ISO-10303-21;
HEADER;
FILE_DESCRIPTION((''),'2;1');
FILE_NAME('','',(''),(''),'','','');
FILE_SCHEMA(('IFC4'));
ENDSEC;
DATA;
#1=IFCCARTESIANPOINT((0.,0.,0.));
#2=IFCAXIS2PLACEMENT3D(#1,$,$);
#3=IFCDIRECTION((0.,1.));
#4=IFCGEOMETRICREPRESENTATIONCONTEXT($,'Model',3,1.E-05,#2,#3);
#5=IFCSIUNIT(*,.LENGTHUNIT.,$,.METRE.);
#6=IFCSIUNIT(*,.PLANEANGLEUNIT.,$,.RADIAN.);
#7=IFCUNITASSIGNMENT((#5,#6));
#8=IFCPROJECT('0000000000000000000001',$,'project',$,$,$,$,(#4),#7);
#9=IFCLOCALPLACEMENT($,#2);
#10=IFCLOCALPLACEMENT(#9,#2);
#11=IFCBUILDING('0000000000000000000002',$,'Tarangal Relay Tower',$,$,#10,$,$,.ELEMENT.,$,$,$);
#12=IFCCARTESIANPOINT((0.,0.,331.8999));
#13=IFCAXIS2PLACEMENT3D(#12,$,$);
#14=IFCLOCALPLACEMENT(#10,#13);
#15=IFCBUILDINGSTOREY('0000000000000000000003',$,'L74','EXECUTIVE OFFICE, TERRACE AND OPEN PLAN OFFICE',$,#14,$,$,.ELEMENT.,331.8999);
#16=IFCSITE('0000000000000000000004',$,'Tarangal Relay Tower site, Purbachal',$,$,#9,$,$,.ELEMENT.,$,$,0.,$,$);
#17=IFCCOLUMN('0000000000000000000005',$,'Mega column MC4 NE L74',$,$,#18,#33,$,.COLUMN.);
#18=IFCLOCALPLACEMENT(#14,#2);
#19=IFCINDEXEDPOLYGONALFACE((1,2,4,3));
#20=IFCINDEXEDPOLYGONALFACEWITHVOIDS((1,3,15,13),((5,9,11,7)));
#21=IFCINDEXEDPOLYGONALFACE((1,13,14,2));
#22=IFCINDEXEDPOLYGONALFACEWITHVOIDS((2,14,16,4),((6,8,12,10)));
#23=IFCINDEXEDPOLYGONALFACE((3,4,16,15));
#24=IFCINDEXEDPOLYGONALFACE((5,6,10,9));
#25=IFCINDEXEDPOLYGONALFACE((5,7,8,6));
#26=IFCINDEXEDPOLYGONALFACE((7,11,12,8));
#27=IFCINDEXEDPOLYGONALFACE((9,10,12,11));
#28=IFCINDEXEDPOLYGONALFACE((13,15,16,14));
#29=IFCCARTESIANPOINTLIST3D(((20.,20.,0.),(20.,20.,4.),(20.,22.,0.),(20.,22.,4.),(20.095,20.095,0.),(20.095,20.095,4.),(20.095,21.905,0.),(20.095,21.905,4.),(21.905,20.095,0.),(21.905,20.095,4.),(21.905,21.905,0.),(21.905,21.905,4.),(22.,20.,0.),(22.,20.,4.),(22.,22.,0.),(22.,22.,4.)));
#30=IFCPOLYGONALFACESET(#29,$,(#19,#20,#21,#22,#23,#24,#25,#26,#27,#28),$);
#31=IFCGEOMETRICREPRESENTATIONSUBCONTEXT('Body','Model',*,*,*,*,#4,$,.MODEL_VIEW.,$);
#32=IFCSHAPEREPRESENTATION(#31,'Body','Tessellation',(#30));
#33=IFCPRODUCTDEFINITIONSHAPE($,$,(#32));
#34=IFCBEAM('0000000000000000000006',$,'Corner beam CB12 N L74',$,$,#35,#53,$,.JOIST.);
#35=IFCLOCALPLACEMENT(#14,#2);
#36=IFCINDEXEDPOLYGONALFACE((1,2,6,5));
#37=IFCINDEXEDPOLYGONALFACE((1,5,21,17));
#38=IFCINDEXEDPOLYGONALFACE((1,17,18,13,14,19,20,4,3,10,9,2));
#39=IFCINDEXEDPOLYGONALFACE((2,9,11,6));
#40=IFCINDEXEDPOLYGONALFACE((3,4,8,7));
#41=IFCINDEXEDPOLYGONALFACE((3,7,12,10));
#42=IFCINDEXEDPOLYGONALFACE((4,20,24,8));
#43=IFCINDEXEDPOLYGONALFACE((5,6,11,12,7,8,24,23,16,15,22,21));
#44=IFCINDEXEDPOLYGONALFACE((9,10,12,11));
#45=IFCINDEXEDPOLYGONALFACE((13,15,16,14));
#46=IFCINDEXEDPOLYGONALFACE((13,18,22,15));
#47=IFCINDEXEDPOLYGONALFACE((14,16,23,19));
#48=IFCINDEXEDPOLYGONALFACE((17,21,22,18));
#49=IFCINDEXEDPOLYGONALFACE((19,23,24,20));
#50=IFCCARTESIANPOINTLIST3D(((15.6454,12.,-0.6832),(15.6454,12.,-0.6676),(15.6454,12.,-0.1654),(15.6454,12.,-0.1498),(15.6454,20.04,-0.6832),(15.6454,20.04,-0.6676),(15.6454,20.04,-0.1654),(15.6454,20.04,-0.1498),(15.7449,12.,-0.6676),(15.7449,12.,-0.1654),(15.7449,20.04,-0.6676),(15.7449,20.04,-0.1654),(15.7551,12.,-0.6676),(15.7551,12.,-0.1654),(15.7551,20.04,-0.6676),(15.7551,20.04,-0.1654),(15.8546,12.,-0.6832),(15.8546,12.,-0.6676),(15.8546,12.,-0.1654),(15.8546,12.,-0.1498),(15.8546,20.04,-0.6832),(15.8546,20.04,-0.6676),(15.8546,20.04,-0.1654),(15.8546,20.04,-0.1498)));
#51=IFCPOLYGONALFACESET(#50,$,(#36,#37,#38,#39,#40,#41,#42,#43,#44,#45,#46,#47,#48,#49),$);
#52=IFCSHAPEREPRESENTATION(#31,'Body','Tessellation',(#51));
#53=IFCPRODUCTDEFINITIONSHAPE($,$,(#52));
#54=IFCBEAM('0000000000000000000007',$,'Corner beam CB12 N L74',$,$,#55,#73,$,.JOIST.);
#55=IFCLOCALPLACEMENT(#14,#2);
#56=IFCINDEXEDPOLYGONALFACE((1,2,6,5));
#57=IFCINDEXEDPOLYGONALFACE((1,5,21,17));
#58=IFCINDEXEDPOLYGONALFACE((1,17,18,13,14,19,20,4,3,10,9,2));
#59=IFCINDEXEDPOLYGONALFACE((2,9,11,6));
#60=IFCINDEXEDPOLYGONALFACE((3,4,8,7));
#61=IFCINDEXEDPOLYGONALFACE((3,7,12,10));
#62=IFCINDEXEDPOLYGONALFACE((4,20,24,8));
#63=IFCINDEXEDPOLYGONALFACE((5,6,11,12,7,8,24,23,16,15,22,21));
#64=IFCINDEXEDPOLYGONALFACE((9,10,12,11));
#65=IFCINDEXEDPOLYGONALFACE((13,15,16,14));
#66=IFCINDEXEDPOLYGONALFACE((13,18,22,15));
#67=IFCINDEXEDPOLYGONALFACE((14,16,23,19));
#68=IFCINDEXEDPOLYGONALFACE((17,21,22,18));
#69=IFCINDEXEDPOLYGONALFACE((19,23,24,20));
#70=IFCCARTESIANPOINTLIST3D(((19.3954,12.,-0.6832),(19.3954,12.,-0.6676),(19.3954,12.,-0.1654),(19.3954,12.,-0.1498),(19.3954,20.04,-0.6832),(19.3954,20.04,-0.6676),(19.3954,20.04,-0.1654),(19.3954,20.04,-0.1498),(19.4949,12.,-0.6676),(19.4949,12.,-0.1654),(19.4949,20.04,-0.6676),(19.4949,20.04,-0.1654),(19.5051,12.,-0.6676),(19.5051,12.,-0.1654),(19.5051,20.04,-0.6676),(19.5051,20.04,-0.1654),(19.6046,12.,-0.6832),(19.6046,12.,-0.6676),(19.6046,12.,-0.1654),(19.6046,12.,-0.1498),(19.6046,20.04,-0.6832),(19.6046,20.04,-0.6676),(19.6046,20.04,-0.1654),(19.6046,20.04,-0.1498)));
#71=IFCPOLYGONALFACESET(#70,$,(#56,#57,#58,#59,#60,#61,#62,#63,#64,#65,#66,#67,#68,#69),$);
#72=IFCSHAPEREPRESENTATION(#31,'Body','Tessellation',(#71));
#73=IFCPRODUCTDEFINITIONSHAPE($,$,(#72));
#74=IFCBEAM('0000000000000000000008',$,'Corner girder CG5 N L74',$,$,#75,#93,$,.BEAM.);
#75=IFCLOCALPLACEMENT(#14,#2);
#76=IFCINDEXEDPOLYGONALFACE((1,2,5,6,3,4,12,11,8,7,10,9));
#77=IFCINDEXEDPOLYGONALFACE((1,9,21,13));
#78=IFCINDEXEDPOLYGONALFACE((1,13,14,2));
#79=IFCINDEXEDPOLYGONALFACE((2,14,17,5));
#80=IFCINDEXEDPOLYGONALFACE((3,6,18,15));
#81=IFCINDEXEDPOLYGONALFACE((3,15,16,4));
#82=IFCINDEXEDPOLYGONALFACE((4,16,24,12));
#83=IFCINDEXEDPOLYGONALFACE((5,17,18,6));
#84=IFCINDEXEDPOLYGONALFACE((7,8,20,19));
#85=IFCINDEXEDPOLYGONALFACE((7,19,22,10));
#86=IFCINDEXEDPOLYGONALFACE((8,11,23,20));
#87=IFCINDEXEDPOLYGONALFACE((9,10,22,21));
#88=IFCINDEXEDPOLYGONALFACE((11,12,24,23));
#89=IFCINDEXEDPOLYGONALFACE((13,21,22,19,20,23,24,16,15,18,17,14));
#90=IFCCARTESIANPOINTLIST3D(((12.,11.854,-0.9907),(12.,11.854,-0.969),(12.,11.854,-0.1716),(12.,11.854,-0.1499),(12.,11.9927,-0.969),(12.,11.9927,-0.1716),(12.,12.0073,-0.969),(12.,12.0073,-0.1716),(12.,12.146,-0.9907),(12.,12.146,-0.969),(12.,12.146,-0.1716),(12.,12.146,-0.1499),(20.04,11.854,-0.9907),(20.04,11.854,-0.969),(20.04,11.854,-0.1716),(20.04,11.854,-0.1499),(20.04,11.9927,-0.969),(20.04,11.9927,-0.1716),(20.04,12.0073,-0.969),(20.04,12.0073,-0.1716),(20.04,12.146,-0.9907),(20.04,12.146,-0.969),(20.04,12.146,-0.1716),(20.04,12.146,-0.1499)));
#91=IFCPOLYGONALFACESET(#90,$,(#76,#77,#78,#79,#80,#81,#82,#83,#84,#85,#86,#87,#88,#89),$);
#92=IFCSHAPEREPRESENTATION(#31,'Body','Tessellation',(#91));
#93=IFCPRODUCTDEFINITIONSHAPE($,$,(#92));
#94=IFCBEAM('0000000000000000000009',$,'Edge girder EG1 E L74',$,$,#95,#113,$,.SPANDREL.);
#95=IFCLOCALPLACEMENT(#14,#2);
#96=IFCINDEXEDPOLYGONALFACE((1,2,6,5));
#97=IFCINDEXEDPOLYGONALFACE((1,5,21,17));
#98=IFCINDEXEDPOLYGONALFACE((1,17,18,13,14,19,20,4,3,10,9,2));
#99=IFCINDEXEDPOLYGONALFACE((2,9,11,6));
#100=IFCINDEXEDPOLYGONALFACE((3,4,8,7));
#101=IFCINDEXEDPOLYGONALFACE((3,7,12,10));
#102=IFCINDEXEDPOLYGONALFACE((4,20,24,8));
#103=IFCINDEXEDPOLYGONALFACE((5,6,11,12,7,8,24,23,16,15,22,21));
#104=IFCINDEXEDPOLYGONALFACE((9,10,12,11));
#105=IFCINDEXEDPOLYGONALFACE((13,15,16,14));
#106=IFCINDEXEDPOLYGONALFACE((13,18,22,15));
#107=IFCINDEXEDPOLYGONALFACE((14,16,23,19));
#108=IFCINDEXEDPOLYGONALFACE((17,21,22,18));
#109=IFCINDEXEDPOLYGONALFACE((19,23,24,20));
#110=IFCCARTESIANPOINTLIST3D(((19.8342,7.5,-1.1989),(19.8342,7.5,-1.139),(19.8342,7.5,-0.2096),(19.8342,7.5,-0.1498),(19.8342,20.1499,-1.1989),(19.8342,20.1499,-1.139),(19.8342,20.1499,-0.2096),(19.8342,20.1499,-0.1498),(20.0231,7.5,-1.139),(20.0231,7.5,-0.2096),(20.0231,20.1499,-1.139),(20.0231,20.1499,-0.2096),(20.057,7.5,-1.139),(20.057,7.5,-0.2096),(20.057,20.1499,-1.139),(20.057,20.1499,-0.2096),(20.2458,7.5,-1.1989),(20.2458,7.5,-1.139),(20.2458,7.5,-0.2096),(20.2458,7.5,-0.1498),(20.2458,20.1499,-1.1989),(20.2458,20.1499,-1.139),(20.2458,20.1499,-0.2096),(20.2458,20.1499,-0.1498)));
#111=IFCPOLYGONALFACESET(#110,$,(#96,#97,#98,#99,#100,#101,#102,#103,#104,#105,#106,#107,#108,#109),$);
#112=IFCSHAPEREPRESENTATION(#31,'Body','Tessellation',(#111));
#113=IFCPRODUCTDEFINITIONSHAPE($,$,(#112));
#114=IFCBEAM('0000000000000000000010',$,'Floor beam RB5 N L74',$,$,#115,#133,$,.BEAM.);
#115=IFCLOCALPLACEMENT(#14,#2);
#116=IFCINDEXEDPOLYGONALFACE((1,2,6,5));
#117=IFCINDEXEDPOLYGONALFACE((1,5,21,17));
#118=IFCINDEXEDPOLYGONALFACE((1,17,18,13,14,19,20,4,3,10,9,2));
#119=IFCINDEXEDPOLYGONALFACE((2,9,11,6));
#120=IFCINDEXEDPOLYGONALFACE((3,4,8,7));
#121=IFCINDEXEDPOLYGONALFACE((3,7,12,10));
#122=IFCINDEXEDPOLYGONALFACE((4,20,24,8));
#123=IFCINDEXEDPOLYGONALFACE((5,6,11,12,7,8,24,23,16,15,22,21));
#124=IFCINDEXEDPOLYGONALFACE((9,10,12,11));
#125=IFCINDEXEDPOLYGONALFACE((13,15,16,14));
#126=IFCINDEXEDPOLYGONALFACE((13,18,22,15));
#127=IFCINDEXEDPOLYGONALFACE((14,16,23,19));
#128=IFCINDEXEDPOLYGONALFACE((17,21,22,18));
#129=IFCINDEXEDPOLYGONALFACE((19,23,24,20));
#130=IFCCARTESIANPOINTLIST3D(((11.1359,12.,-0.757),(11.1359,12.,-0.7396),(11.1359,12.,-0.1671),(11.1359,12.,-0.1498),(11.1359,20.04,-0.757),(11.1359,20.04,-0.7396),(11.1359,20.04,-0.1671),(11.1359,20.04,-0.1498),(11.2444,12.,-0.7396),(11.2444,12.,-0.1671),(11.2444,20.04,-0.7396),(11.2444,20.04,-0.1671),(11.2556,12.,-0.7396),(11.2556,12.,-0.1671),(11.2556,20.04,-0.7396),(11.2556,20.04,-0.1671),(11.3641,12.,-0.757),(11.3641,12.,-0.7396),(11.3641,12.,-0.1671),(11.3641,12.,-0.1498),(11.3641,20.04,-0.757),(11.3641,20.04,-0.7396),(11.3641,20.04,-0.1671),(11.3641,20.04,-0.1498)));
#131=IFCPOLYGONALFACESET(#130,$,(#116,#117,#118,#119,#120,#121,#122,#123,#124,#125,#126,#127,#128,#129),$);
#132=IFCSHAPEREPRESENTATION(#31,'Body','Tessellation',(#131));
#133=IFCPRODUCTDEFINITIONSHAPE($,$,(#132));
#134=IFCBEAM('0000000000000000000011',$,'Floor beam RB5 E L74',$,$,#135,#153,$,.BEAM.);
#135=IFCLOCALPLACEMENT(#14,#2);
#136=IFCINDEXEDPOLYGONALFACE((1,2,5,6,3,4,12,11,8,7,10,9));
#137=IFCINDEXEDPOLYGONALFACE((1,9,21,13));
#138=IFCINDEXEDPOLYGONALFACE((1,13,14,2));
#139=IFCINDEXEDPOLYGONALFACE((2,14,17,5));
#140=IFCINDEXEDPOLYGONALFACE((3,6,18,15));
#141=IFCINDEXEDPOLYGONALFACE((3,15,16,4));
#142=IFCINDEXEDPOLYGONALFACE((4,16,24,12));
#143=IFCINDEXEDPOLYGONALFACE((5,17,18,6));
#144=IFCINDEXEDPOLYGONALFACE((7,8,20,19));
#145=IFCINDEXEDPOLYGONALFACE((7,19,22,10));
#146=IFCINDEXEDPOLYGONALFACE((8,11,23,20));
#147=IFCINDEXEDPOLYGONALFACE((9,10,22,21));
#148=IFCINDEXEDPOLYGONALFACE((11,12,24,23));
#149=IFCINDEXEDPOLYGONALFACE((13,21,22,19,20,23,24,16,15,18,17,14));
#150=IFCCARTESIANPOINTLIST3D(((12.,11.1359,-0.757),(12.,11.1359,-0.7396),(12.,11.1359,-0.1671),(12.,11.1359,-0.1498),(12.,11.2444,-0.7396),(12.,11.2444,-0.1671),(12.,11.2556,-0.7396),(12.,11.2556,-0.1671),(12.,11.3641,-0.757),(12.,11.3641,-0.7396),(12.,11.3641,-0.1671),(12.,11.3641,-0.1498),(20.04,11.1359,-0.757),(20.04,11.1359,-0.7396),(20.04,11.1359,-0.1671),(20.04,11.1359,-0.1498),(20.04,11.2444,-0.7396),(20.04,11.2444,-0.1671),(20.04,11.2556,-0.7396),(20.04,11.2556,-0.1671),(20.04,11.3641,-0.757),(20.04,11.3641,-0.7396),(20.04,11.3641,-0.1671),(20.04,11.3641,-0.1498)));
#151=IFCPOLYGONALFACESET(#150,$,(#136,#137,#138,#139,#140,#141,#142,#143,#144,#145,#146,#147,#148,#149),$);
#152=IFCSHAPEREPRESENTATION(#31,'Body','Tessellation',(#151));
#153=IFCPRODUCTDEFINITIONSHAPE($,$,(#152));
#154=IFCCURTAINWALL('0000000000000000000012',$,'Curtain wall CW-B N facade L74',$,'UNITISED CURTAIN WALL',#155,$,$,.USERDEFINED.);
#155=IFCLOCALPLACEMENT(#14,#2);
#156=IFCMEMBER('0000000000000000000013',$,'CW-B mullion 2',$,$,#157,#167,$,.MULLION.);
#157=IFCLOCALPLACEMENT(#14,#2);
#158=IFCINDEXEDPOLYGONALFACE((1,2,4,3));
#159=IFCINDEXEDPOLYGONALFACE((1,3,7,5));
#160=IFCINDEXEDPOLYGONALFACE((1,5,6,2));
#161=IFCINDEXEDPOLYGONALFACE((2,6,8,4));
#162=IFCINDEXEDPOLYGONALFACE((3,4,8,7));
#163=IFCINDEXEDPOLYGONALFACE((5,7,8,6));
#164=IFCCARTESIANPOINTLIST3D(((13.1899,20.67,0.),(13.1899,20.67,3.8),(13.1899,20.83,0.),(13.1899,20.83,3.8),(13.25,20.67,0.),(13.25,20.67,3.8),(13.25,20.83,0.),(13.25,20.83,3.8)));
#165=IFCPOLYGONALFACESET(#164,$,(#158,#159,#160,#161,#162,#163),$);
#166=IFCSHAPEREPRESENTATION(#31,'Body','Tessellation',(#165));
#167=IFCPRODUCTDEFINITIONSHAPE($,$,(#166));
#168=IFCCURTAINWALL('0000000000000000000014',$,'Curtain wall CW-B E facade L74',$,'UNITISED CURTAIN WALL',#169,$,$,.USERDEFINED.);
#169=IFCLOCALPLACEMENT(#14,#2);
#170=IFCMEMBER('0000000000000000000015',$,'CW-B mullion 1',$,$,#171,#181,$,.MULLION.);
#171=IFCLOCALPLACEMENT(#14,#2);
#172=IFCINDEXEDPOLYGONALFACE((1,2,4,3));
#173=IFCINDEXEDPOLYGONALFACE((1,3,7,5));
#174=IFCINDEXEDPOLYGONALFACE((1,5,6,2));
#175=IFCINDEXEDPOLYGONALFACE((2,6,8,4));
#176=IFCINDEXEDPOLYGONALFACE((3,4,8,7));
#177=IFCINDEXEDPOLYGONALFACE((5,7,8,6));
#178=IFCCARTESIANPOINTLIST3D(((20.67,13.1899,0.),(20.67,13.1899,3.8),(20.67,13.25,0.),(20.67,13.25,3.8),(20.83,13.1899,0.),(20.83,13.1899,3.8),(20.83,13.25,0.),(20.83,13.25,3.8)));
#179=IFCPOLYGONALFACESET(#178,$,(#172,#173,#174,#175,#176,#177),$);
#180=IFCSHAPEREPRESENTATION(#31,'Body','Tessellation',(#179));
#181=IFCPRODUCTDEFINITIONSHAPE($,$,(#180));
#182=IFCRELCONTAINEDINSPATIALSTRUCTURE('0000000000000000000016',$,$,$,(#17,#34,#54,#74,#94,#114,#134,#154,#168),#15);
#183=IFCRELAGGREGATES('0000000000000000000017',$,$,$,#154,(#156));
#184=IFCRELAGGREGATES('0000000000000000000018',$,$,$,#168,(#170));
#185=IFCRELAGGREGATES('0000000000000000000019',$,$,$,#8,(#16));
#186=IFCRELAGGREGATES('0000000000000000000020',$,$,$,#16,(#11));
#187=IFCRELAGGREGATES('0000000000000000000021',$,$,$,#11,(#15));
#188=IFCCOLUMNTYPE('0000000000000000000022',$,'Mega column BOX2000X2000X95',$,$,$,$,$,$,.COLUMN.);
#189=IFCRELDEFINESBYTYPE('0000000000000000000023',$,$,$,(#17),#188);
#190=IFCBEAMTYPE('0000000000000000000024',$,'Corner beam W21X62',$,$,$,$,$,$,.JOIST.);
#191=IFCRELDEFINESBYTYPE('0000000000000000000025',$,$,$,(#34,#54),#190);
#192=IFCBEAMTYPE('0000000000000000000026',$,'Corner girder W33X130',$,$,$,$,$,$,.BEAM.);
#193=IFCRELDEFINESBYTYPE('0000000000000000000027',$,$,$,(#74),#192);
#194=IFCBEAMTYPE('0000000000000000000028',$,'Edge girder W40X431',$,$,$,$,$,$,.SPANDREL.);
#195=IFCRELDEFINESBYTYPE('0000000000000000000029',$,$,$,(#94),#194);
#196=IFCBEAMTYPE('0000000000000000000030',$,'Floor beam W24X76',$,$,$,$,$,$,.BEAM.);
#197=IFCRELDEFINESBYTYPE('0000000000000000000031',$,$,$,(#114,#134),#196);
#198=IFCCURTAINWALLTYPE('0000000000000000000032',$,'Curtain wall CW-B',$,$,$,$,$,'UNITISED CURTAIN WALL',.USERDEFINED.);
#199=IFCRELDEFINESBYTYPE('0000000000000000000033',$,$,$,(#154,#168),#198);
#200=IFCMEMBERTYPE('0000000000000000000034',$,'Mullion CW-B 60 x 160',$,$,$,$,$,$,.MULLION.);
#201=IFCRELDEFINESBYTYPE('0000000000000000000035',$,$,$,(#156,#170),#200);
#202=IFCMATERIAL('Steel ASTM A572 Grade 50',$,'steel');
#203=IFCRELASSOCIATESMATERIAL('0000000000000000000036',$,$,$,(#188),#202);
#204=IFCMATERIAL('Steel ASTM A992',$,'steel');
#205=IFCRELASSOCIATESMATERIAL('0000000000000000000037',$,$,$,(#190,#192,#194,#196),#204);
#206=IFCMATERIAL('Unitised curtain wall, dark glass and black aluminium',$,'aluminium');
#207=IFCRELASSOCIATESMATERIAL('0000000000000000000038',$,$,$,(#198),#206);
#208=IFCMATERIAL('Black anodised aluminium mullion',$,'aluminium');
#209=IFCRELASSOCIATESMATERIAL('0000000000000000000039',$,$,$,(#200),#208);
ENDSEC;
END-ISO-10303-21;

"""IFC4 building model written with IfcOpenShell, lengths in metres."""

from ifc_helpers import new_model, si_unit, direction, frame, origin, origin_2d, place, context, subcontext, project, spatial, rectangle, hollow_rectangle, i_section, extrude, material, material_profile, profile_set, type_object, element, aggregate, save


model = new_model("IFC4")

# Units and contexts
model_context = context("Model", 3, precision=1e-05, world=origin(), true_north=direction((0.0, 1.0)))
body_context = subcontext(model_context, "Body", "Model", "MODEL_VIEW")
ifc_project = project(units=[si_unit("LENGTHUNIT", "METRE"), si_unit("PLANEANGLEUNIT", "RADIAN")], contexts=[model_context])

# Site, building, storey
site_placement = place(None, origin())
site = spatial("IfcSite", under=ifc_project, at=site_placement, Name="Tarangal Relay Tower site, Purbachal", CompositionType="ELEMENT", RefElevation=0.0)
building_placement = place(site_placement, origin())
building = spatial("IfcBuilding", under=site, at=building_placement, Name="Tarangal Relay Tower", CompositionType="ELEMENT")
storey_placement = place(building_placement, frame((0.0, 0.0, 331.8999)))
storey = spatial("IfcBuildingStorey", under=building, at=storey_placement, Name="L74", Description="EXECUTIVE OFFICE, TERRACE AND OPEN PLAN OFFICE", CompositionType="ELEMENT", Elevation=331.8999)

# Column
ifc_material_1 = material(Name="Steel ASTM A572 Grade 50", Category="steel")
ifc_material_profile_1 = material_profile(ifc_material_1, hollow_rectangle(XDim=2.0, YDim=2.0, WallThickness=0.095, at=origin_2d()), Name="BOX2000X2000X95")
ifc_profile_set_1 = profile_set([ifc_material_profile_1], Name="Steel ASTM A572 Grade 50")
column_type = type_object("IfcColumnType", Name="Mega column BOX2000X2000X95", PredefinedType="COLUMN", material=ifc_profile_set_1)
column_placement = place(storey_placement, frame((21.0, 21.0, 0.0), z_axis=(0.0, 0.0, 1.0), x_axis=(1.0, 0.0, 0.0)))
element("IfcColumn", 1, at=column_placement, inside=storey, type_object=column_type, Name="Mega column MC4 NE L74", PredefinedType="COLUMN", context=body_context, shape_type="SweptSolid", body=[
    extrude(hollow_rectangle(XDim=2.0, YDim=2.0, WallThickness=0.095, at=origin_2d()), origin(), (0.0, 0.0, 1.0), 4.0),
])

# Beams
ifc_material_2 = material(Name="Steel ASTM A992", Category="steel")
ifc_material_profile_2 = material_profile(ifc_material_2, i_section(OverallWidth=0.2092, OverallDepth=0.5334, WebThickness=0.0103, FlangeThickness=0.0156, at=origin_2d()), Name="W21X62")
ifc_profile_set_2 = profile_set([ifc_material_profile_2], Name="Steel ASTM A992")
beam_type_1 = type_object("IfcBeamType", Name="Corner beam W21X62", PredefinedType="JOIST", material=ifc_profile_set_2)
for number, where, z_axis, x_axis, name in (
    (2, (15.75, 12.0, -0.4165), (0.0, 1.0, 0.0), (-1.0, 0.0, 0.0), "Corner beam CB12 N L74"),
    (3, (19.5, 12.0, -0.4165), (0.0, 1.0, 0.0), (-1.0, 0.0, 0.0), "Corner beam CB12 N L74"),
):
    element("IfcBeam", number, at=place(storey_placement, frame(where, z_axis=z_axis, x_axis=x_axis)), inside=storey, type_object=beam_type_1, Name=name, PredefinedType="JOIST", context=body_context, shape_type="SweptSolid", body=[
        extrude(i_section(OverallWidth=0.2092, OverallDepth=0.5334, WebThickness=0.0103, FlangeThickness=0.0156, at=origin_2d()), origin(), (0.0, 0.0, 1.0), 8.04),
    ])
ifc_material_profile_3 = material_profile(ifc_material_2, i_section(OverallWidth=0.292, OverallDepth=0.8408, WebThickness=0.0146, FlangeThickness=0.0217, at=origin_2d()), Name="W33X130")
ifc_profile_set_3 = profile_set([ifc_material_profile_3], Name="Steel ASTM A992")
beam_type_2 = type_object("IfcBeamType", Name="Corner girder W33X130", PredefinedType="BEAM", material=ifc_profile_set_3)
beam_1_placement = place(storey_placement, frame((12.0, 12.0, -0.5703), z_axis=(1.0, 0.0, 0.0), x_axis=(0.0, 1.0, 0.0)))
element("IfcBeam", 4, at=beam_1_placement, inside=storey, type_object=beam_type_2, Name="Corner girder CG5 N L74", PredefinedType="BEAM", context=body_context, shape_type="SweptSolid", body=[
    extrude(i_section(OverallWidth=0.292, OverallDepth=0.8408, WebThickness=0.0146, FlangeThickness=0.0217, at=origin_2d()), origin(), (0.0, 0.0, 1.0), 8.04),
])
ifc_material_profile_4 = material_profile(ifc_material_2, i_section(OverallWidth=0.4116, OverallDepth=1.0491, WebThickness=0.0339, FlangeThickness=0.0598, at=origin_2d()), Name="W40X431")
ifc_profile_set_4 = profile_set([ifc_material_profile_4], Name="Steel ASTM A992")
beam_type_3 = type_object("IfcBeamType", Name="Edge girder W40X431", PredefinedType="SPANDREL", material=ifc_profile_set_4)
beam_2_placement = place(storey_placement, frame((20.04, 20.1499, -0.6743), z_axis=(0.0, -1.0, 0.0), x_axis=(1.0, 0.0, 0.0)))
element("IfcBeam", 5, at=beam_2_placement, inside=storey, type_object=beam_type_3, Name="Edge girder EG1 E L74", PredefinedType="SPANDREL", context=body_context, shape_type="SweptSolid", body=[
    extrude(i_section(OverallWidth=0.4116, OverallDepth=1.0491, WebThickness=0.0339, FlangeThickness=0.0598, at=origin_2d()), origin(), (0.0, 0.0, 1.0), 12.6499),
])
ifc_material_profile_5 = material_profile(ifc_material_2, i_section(OverallWidth=0.2283, OverallDepth=0.6072, WebThickness=0.0112, FlangeThickness=0.0173, at=origin_2d()), Name="W24X76")
ifc_profile_set_5 = profile_set([ifc_material_profile_5], Name="Steel ASTM A992")
beam_type_4 = type_object("IfcBeamType", Name="Floor beam W24X76", PredefinedType="BEAM", material=ifc_profile_set_5)
for number, where, z_axis, x_axis, name in (
    (6, (11.25, 12.0, -0.4534), (0.0, 1.0, 0.0), (-1.0, 0.0, 0.0), "Floor beam RB5 N L74"),
    (7, (12.0, 11.25, -0.4534), (1.0, 0.0, 0.0), (0.0, 1.0, 0.0), "Floor beam RB5 E L74"),
):
    element("IfcBeam", number, at=place(storey_placement, frame(where, z_axis=z_axis, x_axis=x_axis)), inside=storey, type_object=beam_type_4, Name=name, PredefinedType="BEAM", context=body_context, shape_type="SweptSolid", body=[
        extrude(i_section(OverallWidth=0.2283, OverallDepth=0.6072, WebThickness=0.0112, FlangeThickness=0.0173, at=origin_2d()), origin(), (0.0, 0.0, 1.0), 8.04),
    ])

# Curtain wall, member
ifc_material_3 = material(Name="Unitised curtain wall, dark glass and black aluminium", Category="aluminium")
curtain_wall_type_1 = type_object("IfcCurtainWallType", Name="Curtain wall CW-B", ElementType="UNITISED CURTAIN WALL", PredefinedType="USERDEFINED", material=ifc_material_3)
curtain_wall_1_placement = place(storey_placement, origin())
curtain_wall_1 = element("IfcCurtainWall", 8, at=curtain_wall_1_placement, inside=storey, type_object=curtain_wall_type_1, Name="Curtain wall CW-B N facade L74", ObjectType="UNITISED CURTAIN WALL", PredefinedType="USERDEFINED")
ifc_material_4 = material(Name="Black anodised aluminium mullion", Category="aluminium")
ifc_material_profile_6 = material_profile(ifc_material_4, rectangle(XDim=0.1599, YDim=0.0601, at=origin_2d()), Name="CW-BM 60X160")
ifc_profile_set_6 = profile_set([ifc_material_profile_6], Name="Black anodised aluminium mullion")
member_type_1 = type_object("IfcMemberType", Name="Mullion CW-B 60 x 160", PredefinedType="MULLION", material=ifc_profile_set_6)
member_1_placement = place(storey_placement, frame((13.22, 20.75, 0.0), z_axis=(0.0, 0.0, 1.0), x_axis=(0.0, 1.0, 0.0)))
member_1 = element("IfcMember", 9, at=member_1_placement, type_object=member_type_1, Name="CW-B mullion 2", PredefinedType="MULLION", context=body_context, shape_type="SweptSolid", body=[
    extrude(rectangle(XDim=0.1599, YDim=0.0601, at=origin_2d()), origin(), (0.0, 0.0, 1.0), 3.8),
])

# Curtain wall, member
curtain_wall_2_placement = place(storey_placement, origin())
curtain_wall_2 = element("IfcCurtainWall", 10, at=curtain_wall_2_placement, inside=storey, type_object=curtain_wall_type_1, Name="Curtain wall CW-B E facade L74", ObjectType="UNITISED CURTAIN WALL", PredefinedType="USERDEFINED")
member_2_placement = place(storey_placement, frame((20.75, 13.22, 0.0), z_axis=(0.0, 0.0, 1.0), x_axis=(1.0, 0.0, 0.0)))
member_2 = element("IfcMember", 11, at=member_2_placement, type_object=member_type_1, Name="CW-B mullion 1", PredefinedType="MULLION", context=body_context, shape_type="SweptSolid", body=[
    extrude(rectangle(XDim=0.1599, YDim=0.0601, at=origin_2d()), origin(), (0.0, 0.0, 1.0), 3.8),
])

aggregate(curtain_wall_1, [member_1])
aggregate(curtain_wall_2, [member_2])

save(model, "model.ifc")
